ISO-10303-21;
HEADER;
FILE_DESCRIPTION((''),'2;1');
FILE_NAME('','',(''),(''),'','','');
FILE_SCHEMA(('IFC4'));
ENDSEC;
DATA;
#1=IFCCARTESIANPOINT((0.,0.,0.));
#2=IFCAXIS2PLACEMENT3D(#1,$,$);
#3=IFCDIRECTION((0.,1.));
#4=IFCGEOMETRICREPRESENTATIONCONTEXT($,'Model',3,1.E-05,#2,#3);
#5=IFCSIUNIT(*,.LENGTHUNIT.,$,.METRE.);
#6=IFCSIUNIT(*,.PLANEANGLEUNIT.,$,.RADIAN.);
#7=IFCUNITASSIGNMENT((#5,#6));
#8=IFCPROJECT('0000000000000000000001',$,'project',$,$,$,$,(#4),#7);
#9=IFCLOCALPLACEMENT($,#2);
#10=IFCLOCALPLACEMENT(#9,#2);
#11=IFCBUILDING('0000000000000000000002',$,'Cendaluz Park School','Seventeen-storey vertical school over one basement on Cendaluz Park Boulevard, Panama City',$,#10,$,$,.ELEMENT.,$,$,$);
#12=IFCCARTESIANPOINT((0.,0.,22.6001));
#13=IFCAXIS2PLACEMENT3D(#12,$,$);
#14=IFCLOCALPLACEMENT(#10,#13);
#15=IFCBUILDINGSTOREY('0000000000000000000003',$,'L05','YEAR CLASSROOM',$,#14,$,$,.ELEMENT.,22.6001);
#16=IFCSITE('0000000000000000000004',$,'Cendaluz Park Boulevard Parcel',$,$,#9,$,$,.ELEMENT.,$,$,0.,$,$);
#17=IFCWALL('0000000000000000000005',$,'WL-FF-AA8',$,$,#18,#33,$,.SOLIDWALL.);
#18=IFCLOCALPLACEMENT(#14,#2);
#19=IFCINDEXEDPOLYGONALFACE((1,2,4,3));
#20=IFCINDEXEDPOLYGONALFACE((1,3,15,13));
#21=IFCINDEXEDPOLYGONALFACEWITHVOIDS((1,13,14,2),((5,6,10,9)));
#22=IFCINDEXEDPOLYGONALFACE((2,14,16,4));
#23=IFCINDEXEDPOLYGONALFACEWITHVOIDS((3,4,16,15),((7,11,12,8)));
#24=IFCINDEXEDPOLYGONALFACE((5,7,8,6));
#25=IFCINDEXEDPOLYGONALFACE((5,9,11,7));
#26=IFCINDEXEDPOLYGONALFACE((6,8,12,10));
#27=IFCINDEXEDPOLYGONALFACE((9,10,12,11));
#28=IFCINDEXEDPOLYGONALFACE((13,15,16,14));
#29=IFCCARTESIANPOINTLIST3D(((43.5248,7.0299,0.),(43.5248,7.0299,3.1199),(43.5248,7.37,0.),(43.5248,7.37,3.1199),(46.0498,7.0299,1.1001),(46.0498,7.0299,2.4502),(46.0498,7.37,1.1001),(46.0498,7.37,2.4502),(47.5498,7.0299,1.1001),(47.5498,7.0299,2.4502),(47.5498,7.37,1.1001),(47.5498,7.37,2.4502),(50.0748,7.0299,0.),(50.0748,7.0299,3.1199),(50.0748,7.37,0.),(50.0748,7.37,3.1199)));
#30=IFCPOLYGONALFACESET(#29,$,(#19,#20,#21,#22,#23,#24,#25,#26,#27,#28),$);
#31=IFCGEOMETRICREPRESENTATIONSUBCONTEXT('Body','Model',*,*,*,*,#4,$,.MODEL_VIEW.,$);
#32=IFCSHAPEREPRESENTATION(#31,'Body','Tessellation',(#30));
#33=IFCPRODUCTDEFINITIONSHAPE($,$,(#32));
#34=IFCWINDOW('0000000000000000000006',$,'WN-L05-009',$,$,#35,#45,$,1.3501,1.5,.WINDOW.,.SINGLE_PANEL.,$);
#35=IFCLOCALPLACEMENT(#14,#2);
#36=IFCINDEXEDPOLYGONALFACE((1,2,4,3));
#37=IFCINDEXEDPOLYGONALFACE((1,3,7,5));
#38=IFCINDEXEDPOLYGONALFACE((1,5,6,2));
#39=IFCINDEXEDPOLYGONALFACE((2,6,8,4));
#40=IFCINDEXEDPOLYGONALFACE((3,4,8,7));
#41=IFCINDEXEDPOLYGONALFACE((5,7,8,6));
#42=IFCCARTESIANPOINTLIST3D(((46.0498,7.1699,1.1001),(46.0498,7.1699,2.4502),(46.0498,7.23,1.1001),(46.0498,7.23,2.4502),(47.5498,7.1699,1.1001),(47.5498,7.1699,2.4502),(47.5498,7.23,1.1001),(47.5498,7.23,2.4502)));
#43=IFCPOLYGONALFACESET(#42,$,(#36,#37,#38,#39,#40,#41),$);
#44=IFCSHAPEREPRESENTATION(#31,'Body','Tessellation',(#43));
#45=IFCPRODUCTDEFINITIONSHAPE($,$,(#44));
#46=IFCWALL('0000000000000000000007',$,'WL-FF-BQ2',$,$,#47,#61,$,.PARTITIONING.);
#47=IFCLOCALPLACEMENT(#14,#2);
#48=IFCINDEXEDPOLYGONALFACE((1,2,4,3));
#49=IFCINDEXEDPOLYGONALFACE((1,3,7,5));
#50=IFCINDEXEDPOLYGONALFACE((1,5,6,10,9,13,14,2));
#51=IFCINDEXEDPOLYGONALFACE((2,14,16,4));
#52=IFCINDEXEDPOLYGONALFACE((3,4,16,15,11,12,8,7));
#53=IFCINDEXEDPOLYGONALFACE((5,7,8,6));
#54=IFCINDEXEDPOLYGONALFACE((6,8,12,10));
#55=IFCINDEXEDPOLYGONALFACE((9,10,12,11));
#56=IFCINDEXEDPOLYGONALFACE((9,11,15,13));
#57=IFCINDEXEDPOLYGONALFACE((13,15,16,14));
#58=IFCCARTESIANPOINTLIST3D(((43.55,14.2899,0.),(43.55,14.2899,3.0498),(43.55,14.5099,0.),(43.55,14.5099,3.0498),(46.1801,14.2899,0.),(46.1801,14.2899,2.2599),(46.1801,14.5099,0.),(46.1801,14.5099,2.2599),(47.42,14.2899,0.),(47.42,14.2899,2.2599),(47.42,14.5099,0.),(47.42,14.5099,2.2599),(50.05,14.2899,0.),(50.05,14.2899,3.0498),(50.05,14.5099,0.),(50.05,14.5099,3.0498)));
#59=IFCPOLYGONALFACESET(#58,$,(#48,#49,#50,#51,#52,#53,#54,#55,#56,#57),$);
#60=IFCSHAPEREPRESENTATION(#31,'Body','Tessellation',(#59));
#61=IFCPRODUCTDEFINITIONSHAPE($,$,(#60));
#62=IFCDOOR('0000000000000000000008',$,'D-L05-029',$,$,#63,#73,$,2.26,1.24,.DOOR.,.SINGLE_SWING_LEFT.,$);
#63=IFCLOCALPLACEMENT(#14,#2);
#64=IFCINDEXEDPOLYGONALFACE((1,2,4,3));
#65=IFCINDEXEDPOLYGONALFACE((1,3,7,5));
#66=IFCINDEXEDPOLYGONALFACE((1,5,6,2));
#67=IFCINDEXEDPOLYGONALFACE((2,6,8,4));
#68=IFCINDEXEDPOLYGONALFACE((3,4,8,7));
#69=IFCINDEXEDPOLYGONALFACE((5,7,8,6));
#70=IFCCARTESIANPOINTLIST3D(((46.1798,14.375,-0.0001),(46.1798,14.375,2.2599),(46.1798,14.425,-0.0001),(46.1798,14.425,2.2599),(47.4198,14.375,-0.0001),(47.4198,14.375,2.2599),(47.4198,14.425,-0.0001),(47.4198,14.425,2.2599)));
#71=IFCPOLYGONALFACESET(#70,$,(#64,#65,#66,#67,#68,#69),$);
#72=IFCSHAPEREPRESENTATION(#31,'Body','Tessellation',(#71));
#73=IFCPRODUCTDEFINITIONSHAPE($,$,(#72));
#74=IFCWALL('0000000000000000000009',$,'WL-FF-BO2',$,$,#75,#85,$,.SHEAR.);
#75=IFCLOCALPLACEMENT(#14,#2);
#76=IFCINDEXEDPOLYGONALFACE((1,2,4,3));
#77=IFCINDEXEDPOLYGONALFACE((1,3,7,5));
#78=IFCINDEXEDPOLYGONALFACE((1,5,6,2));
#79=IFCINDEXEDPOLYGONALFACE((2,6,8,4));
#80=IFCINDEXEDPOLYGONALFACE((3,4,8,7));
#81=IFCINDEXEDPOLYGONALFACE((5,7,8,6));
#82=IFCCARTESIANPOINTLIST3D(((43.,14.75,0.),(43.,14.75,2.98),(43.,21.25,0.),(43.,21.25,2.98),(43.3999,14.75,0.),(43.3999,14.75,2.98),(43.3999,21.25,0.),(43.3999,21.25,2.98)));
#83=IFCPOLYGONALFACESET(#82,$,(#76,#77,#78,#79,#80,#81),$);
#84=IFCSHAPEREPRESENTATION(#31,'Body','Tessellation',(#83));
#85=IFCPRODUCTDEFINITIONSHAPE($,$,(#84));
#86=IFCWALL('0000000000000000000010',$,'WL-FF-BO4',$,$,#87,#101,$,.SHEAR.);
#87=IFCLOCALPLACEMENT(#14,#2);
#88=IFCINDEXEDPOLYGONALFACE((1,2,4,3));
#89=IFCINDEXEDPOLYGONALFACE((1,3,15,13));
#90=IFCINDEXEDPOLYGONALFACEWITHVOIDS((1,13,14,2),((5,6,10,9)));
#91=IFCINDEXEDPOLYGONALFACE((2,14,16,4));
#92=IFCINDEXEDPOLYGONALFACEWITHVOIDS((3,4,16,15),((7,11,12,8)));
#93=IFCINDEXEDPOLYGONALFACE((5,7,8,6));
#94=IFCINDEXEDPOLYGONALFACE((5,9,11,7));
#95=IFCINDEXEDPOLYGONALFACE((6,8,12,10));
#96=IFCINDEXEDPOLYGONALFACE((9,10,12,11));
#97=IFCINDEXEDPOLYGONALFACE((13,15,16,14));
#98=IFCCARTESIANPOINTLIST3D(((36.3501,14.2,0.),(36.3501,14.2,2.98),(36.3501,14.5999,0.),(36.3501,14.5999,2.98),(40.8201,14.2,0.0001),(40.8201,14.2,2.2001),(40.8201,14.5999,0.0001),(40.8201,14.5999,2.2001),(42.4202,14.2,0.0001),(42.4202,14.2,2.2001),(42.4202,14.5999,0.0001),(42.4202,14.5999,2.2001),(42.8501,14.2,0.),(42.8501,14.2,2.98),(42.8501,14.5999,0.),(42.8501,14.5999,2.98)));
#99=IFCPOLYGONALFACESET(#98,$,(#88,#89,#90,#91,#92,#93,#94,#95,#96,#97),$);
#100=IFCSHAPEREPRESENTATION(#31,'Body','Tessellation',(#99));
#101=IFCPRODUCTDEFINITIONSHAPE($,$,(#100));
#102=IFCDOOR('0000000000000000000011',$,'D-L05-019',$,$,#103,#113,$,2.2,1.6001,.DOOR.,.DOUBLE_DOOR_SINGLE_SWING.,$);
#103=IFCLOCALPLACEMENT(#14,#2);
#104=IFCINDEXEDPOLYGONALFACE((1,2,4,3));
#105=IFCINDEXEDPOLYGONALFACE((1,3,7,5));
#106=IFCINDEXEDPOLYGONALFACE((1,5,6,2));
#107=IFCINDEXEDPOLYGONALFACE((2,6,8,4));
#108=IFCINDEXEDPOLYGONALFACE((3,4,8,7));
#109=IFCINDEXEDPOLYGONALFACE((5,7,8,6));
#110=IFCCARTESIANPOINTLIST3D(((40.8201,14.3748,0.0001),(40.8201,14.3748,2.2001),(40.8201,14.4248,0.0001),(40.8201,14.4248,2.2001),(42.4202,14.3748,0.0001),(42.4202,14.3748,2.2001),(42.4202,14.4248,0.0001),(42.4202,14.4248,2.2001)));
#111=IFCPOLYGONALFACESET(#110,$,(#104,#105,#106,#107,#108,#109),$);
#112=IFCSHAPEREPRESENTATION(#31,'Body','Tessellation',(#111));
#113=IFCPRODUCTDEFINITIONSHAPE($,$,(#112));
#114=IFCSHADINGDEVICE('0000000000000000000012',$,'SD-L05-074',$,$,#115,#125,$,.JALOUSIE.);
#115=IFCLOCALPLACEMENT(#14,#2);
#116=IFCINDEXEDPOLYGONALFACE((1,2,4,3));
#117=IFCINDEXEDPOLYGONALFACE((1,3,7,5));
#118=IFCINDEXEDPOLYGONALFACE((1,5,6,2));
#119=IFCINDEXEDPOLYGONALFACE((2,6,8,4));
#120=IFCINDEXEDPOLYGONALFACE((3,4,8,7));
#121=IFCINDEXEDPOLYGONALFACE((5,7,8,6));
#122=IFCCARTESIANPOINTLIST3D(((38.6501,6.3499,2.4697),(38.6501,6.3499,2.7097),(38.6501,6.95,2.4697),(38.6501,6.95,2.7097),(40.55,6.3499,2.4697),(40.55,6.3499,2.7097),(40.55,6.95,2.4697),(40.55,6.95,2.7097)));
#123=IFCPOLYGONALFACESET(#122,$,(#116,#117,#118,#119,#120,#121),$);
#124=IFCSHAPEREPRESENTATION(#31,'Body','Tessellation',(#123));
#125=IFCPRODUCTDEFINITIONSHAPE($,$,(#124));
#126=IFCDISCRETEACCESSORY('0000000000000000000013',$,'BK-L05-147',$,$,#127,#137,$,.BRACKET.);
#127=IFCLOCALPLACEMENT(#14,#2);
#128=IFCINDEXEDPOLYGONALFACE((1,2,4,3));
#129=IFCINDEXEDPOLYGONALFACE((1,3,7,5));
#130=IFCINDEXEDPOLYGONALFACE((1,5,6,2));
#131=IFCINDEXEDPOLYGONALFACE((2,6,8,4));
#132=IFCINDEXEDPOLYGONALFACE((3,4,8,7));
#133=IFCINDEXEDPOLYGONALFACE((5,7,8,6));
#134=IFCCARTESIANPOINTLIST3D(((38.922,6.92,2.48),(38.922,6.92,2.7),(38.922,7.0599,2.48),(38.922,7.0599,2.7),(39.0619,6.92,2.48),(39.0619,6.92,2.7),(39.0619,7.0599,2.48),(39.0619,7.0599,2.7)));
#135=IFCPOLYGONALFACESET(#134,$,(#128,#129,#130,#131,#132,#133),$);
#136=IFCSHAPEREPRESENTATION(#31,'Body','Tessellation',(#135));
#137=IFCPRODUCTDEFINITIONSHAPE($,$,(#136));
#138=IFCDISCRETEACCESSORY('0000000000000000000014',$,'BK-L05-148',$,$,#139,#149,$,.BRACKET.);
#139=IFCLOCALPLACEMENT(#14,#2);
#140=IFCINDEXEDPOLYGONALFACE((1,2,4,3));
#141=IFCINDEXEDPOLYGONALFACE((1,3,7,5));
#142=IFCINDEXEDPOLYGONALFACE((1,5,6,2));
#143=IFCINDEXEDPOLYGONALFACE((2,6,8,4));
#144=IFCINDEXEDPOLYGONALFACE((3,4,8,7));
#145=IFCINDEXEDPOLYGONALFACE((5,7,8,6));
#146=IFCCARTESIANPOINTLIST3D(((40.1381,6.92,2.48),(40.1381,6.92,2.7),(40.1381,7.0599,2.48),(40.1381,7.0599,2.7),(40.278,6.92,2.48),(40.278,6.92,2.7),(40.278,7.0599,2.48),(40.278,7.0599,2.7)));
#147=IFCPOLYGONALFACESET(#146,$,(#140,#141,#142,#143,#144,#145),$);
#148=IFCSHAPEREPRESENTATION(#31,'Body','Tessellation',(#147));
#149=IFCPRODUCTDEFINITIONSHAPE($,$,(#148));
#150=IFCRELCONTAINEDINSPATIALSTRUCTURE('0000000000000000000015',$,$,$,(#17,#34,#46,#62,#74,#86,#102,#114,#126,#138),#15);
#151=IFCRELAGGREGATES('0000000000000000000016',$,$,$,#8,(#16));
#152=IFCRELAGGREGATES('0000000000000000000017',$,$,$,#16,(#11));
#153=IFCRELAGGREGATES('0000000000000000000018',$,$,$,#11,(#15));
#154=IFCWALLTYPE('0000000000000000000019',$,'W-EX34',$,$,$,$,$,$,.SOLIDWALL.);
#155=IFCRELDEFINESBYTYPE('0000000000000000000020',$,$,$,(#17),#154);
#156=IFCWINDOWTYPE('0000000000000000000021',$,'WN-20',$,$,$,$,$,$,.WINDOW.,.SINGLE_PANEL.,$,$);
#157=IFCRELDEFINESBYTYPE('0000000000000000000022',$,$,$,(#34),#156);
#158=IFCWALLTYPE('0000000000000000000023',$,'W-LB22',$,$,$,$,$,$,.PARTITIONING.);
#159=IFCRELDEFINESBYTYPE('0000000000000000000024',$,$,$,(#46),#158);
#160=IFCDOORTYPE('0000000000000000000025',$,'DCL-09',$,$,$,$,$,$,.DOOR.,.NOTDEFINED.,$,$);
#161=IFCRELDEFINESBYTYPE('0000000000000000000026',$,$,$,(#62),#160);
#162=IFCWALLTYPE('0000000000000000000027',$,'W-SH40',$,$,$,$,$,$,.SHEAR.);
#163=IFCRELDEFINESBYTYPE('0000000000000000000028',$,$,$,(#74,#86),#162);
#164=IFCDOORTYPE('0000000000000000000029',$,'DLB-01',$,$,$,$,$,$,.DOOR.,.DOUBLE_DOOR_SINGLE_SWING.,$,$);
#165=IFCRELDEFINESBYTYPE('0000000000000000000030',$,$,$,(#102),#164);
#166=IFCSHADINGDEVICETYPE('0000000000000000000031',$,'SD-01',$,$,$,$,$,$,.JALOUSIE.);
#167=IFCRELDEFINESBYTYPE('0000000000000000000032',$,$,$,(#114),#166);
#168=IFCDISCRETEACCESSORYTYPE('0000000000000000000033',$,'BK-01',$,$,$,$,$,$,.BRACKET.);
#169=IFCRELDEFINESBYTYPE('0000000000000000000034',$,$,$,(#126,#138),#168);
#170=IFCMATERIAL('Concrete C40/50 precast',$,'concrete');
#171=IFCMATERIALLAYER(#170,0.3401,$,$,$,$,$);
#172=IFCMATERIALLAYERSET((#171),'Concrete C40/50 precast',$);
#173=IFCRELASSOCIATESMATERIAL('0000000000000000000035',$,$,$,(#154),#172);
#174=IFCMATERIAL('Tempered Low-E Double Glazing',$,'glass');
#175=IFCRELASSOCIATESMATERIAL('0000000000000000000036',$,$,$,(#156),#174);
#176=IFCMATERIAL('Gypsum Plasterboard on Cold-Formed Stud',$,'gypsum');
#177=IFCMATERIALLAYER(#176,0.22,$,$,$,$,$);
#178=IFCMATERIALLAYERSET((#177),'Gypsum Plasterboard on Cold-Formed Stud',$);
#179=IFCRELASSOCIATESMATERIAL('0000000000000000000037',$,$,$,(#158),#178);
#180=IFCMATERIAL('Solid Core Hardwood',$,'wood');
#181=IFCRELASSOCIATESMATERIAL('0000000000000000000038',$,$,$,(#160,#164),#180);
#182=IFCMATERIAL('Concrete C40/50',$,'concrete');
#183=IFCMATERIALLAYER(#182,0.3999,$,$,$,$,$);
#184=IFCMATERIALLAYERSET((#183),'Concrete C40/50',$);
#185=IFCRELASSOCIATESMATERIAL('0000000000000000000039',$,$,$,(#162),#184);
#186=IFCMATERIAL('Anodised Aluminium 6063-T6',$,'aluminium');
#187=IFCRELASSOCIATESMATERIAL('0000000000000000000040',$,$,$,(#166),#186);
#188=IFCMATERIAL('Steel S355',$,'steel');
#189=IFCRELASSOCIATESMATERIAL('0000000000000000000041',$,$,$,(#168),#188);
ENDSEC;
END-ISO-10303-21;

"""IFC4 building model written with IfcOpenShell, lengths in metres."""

from ifc_helpers import new_model, si_unit, direction, frame, frame_2d, origin, origin_2d, place, context, subcontext, project, spatial, rectangle, extrude, material, layer, layer_set, type_object, element, fill, save


model = new_model("IFC4")

# Units and contexts
model_context = context("Model", 3, precision=1e-05, world=origin(), true_north=direction((0.0, 1.0)))
body_context = subcontext(model_context, "Body", "Model", "MODEL_VIEW")
ifc_project = project(units=[si_unit("LENGTHUNIT", "METRE"), si_unit("PLANEANGLEUNIT", "RADIAN")], contexts=[model_context])

# Site, building, storey
site_placement = place(None, origin())
site = spatial("IfcSite", under=ifc_project, at=site_placement, Name="Cendaluz Park Boulevard Parcel", CompositionType="ELEMENT", RefElevation=0.0)
building_placement = place(site_placement, origin())
building = spatial("IfcBuilding", under=site, at=building_placement, Name="Cendaluz Park School", Description="Seventeen-storey vertical school over one basement on Cendaluz Park Boulevard, Panama City", CompositionType="ELEMENT")
storey_placement = place(building_placement, frame((0.0, 0.0, 22.6001)))
storey = spatial("IfcBuildingStorey", under=building, at=storey_placement, Name="L05", Description="YEAR CLASSROOM", CompositionType="ELEMENT", Elevation=22.6001)

# Shared definitions
ifc_material_1 = material(Name="Concrete C40/50", Category="concrete")

# Wall, opening, window
ifc_material_2 = material(Name="Concrete C40/50 precast", Category="concrete")
ifc_layer_1 = layer(ifc_material_2, 0.3401)
ifc_layer_set_1 = layer_set([ifc_layer_1], Name="Concrete C40/50 precast")
wall_type_1 = type_object("IfcWallType", Name="W-EX34", PredefinedType="SOLIDWALL", material=ifc_layer_set_1)
ifc_material_3 = material(Name="Tempered Low-E Double Glazing", Category="glass")
window_type = type_object("IfcWindowType", Name="WN-20", PartitioningType="SINGLE_PANEL", PredefinedType="WINDOW", material=ifc_material_3)
wall_1_placement = place(storey_placement, frame((43.5249, 7.2, 0.0), z_axis=(0.0, 0.0, 1.0), x_axis=(1.0, 0.0, 0.0)))
wall_1 = element("IfcWall", 1, at=wall_1_placement, inside=storey, type_object=wall_type_1, Name="WL-FF-AA8", PredefinedType="SOLIDWALL", context=body_context, shape_type="SweptSolid", body=[
    extrude(rectangle(XDim=6.55, YDim=0.3401, at=frame_2d((3.2749, 0.0))), origin(), (0.0, 0.0, 1.0), 3.1199),
])
opening_1_placement = place(wall_1_placement, frame((2.5249, 0.0, 1.1001)))
opening_1 = element("IfcOpeningElement", 2, at=opening_1_placement, cuts=wall_1, PredefinedType="OPENING", context=body_context, shape_type="SweptSolid", body=[
    extrude(rectangle(XDim=1.5, YDim=1.3501, at=frame_2d((0.75, 0.675))), frame((0.0, 0.1821, 0.0), z_axis=(0.0, -1.0, 0.0), x_axis=(1.0, 0.0, 0.0)), (0.0, 0.0, 1.0), 0.364),
])
window_1_placement = place(opening_1_placement, origin())
window_1 = element("IfcWindow", 3, at=window_1_placement, inside=storey, type_object=window_type, Name="WN-L05-009", OverallHeight=1.3501, OverallWidth=1.5, PartitioningType="SINGLE_PANEL", PredefinedType="WINDOW", context=body_context, shape_type="SweptSolid", body=[
    extrude(rectangle(XDim=1.5, YDim=1.3501, at=frame_2d((0.75, 0.675))), frame((0.0, 0.03, 0.0), z_axis=(0.0, -1.0, 0.0), x_axis=(1.0, 0.0, 0.0)), (0.0, 0.0, 1.0), 0.0601),
])
fill(opening_1, window_1)

# Shared definitions
ifc_material_4 = material(Name="Solid Core Hardwood", Category="wood")

# Wall, opening, door
ifc_material_5 = material(Name="Gypsum Plasterboard on Cold-Formed Stud", Category="gypsum")
ifc_layer_2 = layer(ifc_material_5, 0.22)
ifc_layer_set_2 = layer_set([ifc_layer_2], Name="Gypsum Plasterboard on Cold-Formed Stud")
wall_type_2 = type_object("IfcWallType", Name="W-LB22", PredefinedType="PARTITIONING", material=ifc_layer_set_2)
wall_2_placement = place(storey_placement, frame((43.55, 14.3999, 0.0), z_axis=(0.0, 0.0, 1.0), x_axis=(1.0, 0.0, 0.0)))
wall_2 = element("IfcWall", 4, at=wall_2_placement, inside=storey, type_object=wall_type_2, Name="WL-FF-BQ2", PredefinedType="PARTITIONING", context=body_context, shape_type="SweptSolid", body=[
    extrude(rectangle(XDim=6.5, YDim=0.22, at=frame_2d((3.25, 0.0))), origin(), (0.0, 0.0, 1.0), 3.0498),
])
opening_2_placement = place(wall_2_placement, frame((2.6299, 0.0, 0.0)))
opening_2 = element("IfcOpeningElement", 5, at=opening_2_placement, cuts=wall_2, PredefinedType="OPENING", context=body_context, shape_type="SweptSolid", body=[
    extrude(rectangle(XDim=1.24, YDim=2.26, at=frame_2d((0.6201, 1.1299))), frame((0.0, 0.1221, 0.0), z_axis=(0.0, -1.0, 0.0), x_axis=(1.0, 0.0, 0.0)), (0.0, 0.0, 1.0), 0.2439),
])
door_type_1 = type_object("IfcDoorType", Name="DCL-09", OperationType="NOTDEFINED", PredefinedType="DOOR", material=ifc_material_4)
door_1_placement = place(opening_2_placement, frame((1.24, 0.0, 0.0), z_axis=(0.0, 0.0, 1.0), x_axis=(-1.0, 0.0, 0.0)))
door_1 = element("IfcDoor", 6, at=door_1_placement, inside=storey, type_object=door_type_1, Name="D-L05-029", OperationType="SINGLE_SWING_LEFT", OverallHeight=2.26, OverallWidth=1.24, PredefinedType="DOOR", context=body_context, shape_type="SweptSolid", body=[
    extrude(rectangle(XDim=1.24, YDim=2.26, at=frame_2d((0.6201, 1.1299))), frame((0.0, 0.0249, 0.0), z_axis=(0.0, -1.0, 0.0), x_axis=(1.0, 0.0, 0.0)), (0.0, 0.0, 1.0), 0.05),
])
fill(opening_2, door_1)

# Wall
ifc_layer_3 = layer(ifc_material_1, 0.3999)
ifc_layer_set_3 = layer_set([ifc_layer_3], Name="Concrete C40/50")
wall_type_3 = type_object("IfcWallType", Name="W-SH40", PredefinedType="SHEAR", material=ifc_layer_set_3)
wall_3_placement = place(storey_placement, frame((43.2, 14.75, 0.0), z_axis=(0.0, 0.0, 1.0), x_axis=(0.0, 1.0, 0.0)))
element("IfcWall", 7, at=wall_3_placement, inside=storey, type_object=wall_type_3, Name="WL-FF-BO2", PredefinedType="SHEAR", context=body_context, shape_type="SweptSolid", body=[
    extrude(rectangle(XDim=6.5, YDim=0.3999, at=frame_2d((3.25, 0.0))), origin(), (0.0, 0.0, 1.0), 2.98),
])

# Wall, opening, door
wall_4_placement = place(storey_placement, frame((36.3501, 14.3999, 0.0), z_axis=(0.0, 0.0, 1.0), x_axis=(1.0, 0.0, 0.0)))
wall_4 = element("IfcWall", 8, at=wall_4_placement, inside=storey, type_object=wall_type_3, Name="WL-FF-BO4", PredefinedType="SHEAR", context=body_context, shape_type="SweptSolid", body=[
    extrude(rectangle(XDim=6.5, YDim=0.3999, at=frame_2d((3.25, 0.0))), origin(), (0.0, 0.0, 1.0), 2.98),
])
opening_3_placement = place(wall_4_placement, frame((4.47, 0.0, 0.0)))
opening_3 = element("IfcOpeningElement", 9, at=opening_3_placement, cuts=wall_4, PredefinedType="OPENING", context=body_context, shape_type="SweptSolid", body=[
    extrude(rectangle(XDim=1.6001, YDim=2.2, at=frame_2d((0.8, 1.1001))), frame((0.0, 0.2119, 0.0), z_axis=(0.0, -1.0, 0.0), x_axis=(1.0, 0.0, 0.0)), (0.0, 0.0, 1.0), 0.4238),
])
door_type_2 = type_object("IfcDoorType", Name="DLB-01", OperationType="DOUBLE_DOOR_SINGLE_SWING", PredefinedType="DOOR", material=ifc_material_4)
door_2_placement = place(opening_3_placement, origin())
door_2 = element("IfcDoor", 10, at=door_2_placement, inside=storey, type_object=door_type_2, Name="D-L05-019", OperationType="DOUBLE_DOOR_SINGLE_SWING", OverallHeight=2.2, OverallWidth=1.6001, PredefinedType="DOOR", context=body_context, shape_type="SweptSolid", body=[
    extrude(rectangle(XDim=1.6001, YDim=2.2, at=frame_2d((0.8, 1.1001))), frame((0.0, 0.0249, 0.0), z_axis=(0.0, -1.0, 0.0), x_axis=(1.0, 0.0, 0.0)), (0.0, 0.0, 1.0), 0.05),
])
fill(opening_3, door_2)

# Shading device
ifc_material_6 = material(Name="Anodised Aluminium 6063-T6", Category="aluminium")
shading_device_type = type_object("IfcShadingDeviceType", Name="SD-01", PredefinedType="JALOUSIE", material=ifc_material_6)
shading_device_placement = place(storey_placement, frame((39.6001, 6.6499, 2.4697), z_axis=(0.0, 0.0, 1.0), x_axis=(1.0, 0.0, 0.0)))
element("IfcShadingDevice", 11, at=shading_device_placement, inside=storey, type_object=shading_device_type, Name="SD-L05-074", PredefinedType="JALOUSIE", context=body_context, shape_type="SweptSolid", body=[
    extrude(rectangle(XDim=1.8999, YDim=0.6001, at=origin_2d()), origin(), (0.0, 0.0, 1.0), 0.24),
])

# Discrete accessories
ifc_material_7 = material(Name="Steel S355", Category="steel")
discrete_accessory_type = type_object("IfcDiscreteAccessoryType", Name="BK-01", PredefinedType="BRACKET", material=ifc_material_7)
for number, where, z_axis, x_axis, name in (
    (12, (38.9919, 6.99, 2.48), (0.0, 0.0, 1.0), (1.0, 0.0, 0.0), "BK-L05-147"),
    (13, (40.208, 6.99, 2.48), (0.0, 0.0, 1.0), (1.0, 0.0, 0.0), "BK-L05-148"),
):
    element("IfcDiscreteAccessory", number, at=place(storey_placement, frame(where, z_axis=z_axis, x_axis=x_axis)), inside=storey, type_object=discrete_accessory_type, Name=name, PredefinedType="BRACKET", context=body_context, shape_type="SweptSolid", body=[
        extrude(rectangle(XDim=0.1399, YDim=0.1399, at=origin_2d()), origin(), (0.0, 0.0, 1.0), 0.22),
    ])

save(model, "model.ifc")
